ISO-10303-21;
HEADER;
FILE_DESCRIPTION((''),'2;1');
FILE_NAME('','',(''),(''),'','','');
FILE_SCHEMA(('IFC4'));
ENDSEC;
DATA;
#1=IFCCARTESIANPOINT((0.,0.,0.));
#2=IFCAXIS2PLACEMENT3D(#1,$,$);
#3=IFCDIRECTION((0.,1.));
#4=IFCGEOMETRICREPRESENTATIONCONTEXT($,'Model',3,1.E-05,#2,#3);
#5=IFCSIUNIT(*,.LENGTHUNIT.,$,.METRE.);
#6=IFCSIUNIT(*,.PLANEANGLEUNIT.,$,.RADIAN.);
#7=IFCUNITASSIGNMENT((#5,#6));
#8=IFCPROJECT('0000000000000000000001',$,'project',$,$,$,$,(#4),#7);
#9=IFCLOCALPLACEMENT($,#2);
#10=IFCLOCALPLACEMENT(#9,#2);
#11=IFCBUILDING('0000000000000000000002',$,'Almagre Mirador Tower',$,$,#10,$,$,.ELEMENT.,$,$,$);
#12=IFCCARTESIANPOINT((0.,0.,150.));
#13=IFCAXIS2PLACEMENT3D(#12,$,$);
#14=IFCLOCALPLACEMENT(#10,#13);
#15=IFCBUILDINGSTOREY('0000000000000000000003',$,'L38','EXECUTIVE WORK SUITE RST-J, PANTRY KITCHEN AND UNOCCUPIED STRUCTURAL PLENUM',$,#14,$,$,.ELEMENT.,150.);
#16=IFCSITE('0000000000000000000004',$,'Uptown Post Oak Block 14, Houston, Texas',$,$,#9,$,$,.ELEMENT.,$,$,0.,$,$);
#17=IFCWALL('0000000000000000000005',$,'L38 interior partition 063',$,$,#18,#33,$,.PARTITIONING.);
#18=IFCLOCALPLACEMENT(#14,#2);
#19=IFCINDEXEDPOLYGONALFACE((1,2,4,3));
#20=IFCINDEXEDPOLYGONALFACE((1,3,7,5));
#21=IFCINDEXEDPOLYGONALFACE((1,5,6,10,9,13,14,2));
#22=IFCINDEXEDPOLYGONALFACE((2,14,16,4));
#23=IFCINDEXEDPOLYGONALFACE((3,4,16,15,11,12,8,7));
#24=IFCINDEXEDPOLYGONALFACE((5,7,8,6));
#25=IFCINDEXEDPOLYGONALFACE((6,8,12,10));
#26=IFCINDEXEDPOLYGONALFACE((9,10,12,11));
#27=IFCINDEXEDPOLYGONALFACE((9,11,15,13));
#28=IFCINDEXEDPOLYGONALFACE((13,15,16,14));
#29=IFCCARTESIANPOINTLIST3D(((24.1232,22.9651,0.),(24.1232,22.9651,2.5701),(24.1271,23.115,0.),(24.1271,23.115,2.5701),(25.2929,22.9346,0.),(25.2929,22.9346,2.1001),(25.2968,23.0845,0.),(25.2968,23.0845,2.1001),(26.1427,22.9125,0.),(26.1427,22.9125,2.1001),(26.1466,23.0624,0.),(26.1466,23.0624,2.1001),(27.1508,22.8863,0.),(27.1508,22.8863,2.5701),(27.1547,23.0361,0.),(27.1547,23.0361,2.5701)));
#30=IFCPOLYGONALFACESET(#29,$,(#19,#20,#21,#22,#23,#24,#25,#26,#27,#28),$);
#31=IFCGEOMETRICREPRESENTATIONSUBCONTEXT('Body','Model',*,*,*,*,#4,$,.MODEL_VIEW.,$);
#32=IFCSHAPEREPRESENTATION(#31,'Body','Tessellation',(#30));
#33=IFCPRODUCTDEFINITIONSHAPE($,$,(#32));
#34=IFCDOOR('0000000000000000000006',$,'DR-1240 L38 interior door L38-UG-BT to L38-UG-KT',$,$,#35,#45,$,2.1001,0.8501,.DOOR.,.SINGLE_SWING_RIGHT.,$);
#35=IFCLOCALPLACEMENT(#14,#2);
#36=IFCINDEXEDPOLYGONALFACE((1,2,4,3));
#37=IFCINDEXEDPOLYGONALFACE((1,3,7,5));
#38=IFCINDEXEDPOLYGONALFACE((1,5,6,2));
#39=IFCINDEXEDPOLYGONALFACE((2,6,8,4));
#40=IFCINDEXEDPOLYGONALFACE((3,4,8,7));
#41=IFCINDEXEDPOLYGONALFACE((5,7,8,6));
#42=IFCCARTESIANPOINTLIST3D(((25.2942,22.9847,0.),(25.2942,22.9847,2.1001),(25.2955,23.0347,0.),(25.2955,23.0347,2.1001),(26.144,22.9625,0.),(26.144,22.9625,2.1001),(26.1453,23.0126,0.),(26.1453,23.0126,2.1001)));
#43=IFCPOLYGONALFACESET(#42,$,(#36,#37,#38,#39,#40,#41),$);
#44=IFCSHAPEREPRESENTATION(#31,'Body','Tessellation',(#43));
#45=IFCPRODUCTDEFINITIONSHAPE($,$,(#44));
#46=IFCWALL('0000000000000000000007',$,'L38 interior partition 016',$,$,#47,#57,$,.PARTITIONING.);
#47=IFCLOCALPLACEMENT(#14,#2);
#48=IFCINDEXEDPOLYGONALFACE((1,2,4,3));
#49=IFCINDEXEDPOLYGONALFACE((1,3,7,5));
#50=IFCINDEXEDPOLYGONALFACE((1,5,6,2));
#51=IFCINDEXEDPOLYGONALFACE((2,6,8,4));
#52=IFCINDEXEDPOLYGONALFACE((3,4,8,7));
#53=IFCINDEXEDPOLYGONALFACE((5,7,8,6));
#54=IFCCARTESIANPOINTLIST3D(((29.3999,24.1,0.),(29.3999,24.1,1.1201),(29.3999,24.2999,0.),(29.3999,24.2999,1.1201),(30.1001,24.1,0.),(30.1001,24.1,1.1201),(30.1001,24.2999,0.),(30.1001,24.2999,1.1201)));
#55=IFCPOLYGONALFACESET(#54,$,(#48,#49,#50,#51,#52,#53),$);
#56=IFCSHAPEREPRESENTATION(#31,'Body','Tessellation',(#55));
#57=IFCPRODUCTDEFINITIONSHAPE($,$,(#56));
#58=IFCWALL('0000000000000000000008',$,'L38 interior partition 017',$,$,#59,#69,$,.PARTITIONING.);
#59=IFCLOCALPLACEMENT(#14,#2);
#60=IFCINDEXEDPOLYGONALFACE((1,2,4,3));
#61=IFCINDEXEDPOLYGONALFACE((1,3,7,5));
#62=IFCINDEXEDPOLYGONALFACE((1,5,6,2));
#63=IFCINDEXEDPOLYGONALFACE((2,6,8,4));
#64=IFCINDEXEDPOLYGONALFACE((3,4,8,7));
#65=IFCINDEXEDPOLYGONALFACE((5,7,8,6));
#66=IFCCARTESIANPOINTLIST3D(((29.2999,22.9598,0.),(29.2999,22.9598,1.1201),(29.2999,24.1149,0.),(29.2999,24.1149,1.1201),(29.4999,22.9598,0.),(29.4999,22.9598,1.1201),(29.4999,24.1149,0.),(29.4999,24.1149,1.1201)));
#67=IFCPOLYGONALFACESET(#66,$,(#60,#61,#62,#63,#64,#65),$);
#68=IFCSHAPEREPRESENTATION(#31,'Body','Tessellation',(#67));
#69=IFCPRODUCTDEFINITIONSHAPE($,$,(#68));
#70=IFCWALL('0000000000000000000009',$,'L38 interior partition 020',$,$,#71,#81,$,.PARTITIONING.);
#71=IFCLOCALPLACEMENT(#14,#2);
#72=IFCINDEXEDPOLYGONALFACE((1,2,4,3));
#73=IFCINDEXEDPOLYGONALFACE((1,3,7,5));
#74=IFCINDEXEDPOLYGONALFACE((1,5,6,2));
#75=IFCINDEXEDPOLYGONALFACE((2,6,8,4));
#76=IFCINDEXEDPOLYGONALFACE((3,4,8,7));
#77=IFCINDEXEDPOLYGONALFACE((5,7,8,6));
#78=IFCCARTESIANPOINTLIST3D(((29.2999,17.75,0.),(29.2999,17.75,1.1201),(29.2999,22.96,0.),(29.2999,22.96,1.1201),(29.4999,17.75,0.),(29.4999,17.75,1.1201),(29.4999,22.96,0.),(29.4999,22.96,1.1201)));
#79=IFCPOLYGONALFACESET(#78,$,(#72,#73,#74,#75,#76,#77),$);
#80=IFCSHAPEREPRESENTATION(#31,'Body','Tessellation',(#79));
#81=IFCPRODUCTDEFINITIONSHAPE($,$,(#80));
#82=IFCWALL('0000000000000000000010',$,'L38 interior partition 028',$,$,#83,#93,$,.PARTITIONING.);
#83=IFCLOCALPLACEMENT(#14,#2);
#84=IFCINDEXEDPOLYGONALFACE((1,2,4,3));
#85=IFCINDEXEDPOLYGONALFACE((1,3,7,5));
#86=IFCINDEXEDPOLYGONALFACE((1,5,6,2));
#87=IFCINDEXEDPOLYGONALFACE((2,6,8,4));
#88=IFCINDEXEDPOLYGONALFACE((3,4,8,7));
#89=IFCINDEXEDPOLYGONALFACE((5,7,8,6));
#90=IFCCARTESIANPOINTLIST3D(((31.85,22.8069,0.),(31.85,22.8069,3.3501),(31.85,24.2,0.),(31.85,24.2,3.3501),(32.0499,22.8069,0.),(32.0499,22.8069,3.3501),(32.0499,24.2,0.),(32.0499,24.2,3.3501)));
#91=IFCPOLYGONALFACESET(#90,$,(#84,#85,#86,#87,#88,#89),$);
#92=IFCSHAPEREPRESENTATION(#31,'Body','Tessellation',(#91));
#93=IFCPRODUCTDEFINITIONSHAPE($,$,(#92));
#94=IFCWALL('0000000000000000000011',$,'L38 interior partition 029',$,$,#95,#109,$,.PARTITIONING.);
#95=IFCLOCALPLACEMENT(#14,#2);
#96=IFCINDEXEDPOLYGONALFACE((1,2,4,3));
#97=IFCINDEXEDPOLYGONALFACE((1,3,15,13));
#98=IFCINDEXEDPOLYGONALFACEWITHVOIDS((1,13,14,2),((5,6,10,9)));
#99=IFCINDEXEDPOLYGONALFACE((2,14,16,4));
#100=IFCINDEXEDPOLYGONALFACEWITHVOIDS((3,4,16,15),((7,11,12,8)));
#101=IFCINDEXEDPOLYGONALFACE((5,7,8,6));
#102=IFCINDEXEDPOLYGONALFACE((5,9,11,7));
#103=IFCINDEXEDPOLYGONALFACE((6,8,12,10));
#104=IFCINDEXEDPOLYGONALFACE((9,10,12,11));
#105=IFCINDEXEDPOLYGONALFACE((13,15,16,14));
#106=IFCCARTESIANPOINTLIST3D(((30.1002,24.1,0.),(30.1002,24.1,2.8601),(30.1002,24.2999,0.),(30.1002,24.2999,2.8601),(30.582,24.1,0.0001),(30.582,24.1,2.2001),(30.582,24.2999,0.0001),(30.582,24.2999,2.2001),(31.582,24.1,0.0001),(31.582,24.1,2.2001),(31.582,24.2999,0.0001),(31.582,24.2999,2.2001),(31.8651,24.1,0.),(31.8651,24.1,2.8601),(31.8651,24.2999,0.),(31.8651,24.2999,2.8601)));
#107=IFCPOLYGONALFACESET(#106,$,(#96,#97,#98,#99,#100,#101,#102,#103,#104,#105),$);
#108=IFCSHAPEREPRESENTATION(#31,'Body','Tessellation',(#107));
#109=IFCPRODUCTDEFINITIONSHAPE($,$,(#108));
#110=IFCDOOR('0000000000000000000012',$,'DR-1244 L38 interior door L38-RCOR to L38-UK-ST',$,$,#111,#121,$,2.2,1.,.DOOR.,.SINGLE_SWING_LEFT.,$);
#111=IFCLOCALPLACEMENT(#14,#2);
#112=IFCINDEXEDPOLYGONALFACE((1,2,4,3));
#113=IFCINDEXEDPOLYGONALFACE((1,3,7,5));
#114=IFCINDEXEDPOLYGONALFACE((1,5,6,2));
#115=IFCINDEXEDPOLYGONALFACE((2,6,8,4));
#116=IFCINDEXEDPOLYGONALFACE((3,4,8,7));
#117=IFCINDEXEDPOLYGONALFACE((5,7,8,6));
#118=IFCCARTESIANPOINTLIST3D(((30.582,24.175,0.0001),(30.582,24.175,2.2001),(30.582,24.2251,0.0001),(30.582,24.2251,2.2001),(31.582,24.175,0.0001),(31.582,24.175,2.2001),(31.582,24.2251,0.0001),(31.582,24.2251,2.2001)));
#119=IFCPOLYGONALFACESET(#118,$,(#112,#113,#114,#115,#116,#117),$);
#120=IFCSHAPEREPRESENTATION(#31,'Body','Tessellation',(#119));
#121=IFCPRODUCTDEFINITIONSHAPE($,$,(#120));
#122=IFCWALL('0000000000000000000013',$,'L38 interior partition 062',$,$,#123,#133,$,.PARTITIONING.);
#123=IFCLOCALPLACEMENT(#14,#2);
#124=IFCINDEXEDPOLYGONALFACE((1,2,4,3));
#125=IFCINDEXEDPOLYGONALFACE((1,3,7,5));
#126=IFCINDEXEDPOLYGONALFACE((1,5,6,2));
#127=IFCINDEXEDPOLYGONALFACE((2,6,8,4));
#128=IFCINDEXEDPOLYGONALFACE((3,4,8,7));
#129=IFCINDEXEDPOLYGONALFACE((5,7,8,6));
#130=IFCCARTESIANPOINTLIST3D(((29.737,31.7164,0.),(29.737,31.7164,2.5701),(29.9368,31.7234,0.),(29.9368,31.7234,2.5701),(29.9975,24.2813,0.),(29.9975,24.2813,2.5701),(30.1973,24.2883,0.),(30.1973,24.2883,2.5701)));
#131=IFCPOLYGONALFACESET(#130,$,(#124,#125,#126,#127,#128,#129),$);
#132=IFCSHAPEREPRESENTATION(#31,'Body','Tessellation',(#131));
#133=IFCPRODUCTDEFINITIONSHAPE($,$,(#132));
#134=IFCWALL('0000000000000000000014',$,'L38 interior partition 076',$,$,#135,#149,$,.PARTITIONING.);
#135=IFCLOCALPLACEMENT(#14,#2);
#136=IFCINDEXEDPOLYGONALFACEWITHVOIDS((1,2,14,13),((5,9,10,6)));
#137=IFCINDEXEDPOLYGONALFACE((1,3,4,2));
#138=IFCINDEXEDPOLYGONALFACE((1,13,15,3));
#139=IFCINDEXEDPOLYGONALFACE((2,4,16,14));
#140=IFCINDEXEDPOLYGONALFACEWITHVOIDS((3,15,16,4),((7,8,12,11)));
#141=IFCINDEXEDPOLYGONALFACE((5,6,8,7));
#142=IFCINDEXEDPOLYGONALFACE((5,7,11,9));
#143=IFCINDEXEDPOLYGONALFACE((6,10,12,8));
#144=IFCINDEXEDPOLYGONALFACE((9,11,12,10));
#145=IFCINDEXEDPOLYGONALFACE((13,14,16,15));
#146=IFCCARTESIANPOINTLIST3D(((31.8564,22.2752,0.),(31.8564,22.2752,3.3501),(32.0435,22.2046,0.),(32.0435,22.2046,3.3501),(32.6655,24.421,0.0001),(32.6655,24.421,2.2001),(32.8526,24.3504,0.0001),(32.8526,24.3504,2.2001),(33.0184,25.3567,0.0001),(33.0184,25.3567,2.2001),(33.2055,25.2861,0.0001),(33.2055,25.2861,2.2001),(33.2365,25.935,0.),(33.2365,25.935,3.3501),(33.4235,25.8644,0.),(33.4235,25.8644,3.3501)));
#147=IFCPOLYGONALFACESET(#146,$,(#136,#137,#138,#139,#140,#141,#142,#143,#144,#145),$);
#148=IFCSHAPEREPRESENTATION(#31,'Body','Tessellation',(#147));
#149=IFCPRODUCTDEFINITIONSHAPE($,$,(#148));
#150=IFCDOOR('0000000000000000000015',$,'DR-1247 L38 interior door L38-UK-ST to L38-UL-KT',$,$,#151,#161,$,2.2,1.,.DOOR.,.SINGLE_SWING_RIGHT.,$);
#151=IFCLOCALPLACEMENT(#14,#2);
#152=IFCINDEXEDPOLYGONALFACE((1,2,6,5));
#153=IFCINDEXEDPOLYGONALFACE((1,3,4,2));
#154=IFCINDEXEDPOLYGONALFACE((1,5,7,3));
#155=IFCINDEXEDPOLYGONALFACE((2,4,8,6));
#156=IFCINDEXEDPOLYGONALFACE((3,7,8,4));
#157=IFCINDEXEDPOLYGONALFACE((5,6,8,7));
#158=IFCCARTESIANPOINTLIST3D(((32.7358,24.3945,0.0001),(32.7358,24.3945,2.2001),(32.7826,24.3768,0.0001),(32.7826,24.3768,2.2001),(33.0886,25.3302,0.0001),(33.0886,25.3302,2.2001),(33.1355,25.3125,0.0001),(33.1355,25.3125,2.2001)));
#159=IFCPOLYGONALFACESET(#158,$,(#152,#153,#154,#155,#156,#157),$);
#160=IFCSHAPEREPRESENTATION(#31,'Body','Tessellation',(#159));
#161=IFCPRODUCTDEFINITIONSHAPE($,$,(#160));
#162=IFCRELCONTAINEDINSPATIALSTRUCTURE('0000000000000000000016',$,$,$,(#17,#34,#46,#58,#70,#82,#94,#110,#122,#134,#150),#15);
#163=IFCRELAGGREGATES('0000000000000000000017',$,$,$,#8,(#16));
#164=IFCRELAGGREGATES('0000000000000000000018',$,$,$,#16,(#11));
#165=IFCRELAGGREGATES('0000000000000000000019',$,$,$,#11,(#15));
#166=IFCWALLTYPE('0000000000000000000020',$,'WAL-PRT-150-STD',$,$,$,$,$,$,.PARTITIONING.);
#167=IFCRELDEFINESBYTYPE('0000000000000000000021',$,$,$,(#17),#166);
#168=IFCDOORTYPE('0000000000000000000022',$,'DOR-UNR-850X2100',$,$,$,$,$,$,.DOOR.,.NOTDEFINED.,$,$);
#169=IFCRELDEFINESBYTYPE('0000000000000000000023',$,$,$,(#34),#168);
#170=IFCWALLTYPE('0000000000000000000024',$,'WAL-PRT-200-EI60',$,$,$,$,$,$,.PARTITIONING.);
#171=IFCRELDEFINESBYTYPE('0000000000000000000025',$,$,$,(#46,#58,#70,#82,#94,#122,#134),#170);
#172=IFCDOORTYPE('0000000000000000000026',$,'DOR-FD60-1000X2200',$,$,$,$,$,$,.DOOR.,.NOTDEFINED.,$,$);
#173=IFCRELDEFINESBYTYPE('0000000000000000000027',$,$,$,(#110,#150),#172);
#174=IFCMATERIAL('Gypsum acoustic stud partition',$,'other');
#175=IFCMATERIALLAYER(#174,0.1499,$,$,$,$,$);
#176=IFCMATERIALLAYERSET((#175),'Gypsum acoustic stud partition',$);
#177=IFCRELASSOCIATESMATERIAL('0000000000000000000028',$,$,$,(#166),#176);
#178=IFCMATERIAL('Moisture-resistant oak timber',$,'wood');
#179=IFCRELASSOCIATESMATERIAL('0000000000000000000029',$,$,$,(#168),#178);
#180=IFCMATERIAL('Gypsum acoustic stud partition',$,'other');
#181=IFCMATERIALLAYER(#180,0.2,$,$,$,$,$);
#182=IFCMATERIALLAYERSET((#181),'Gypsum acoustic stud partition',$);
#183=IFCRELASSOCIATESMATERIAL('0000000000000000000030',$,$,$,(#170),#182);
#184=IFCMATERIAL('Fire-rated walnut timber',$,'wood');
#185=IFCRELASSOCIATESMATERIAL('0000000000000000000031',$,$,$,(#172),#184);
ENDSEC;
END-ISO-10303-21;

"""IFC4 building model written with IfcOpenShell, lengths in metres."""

from ifc_helpers import new_model, si_unit, direction, frame, frame_2d, origin, place, context, subcontext, project, spatial, rectangle, extrude, material, layer, layer_set, type_object, element, fill, save


model = new_model("IFC4")

# Units and contexts
model_context = context("Model", 3, precision=1e-05, world=origin(), true_north=direction((0.0, 1.0)))
body_context = subcontext(model_context, "Body", "Model", "MODEL_VIEW")
ifc_project = project(units=[si_unit("LENGTHUNIT", "METRE"), si_unit("PLANEANGLEUNIT", "RADIAN")], contexts=[model_context])

# Site, building, storey
site_placement = place(None, origin())
site = spatial("IfcSite", under=ifc_project, at=site_placement, Name="Uptown Post Oak Block 14, Houston, Texas", CompositionType="ELEMENT", RefElevation=0.0)
building_placement = place(site_placement, origin())
building = spatial("IfcBuilding", under=site, at=building_placement, Name="Almagre Mirador Tower", CompositionType="ELEMENT")
storey_placement = place(building_placement, frame((0.0, 0.0, 150.0)))
storey = spatial("IfcBuildingStorey", under=building, at=storey_placement, Name="L38", Description="EXECUTIVE WORK SUITE RST-J, PANTRY KITCHEN AND UNOCCUPIED STRUCTURAL PLENUM", CompositionType="ELEMENT", Elevation=150.0)

# Shared definitions
ifc_material_1 = material(Name="Gypsum acoustic stud partition", Category="other")
ifc_layer_1 = layer(ifc_material_1, 0.1499)
ifc_layer_set_1 = layer_set([ifc_layer_1], Name="Gypsum acoustic stud partition")
wall_type_1 = type_object("IfcWallType", Name="WAL-PRT-150-STD", PredefinedType="PARTITIONING", material=ifc_layer_set_1)

# Wall, opening, door
wall_1_placement = place(storey_placement, frame((27.1526, 22.9612, 0.0), z_axis=(0.0, 0.0, 1.0), x_axis=(-0.999661, 0.026037, 0.0)))
wall_1 = element("IfcWall", 1, at=wall_1_placement, inside=storey, type_object=wall_type_1, Name="L38 interior partition 063", PredefinedType="PARTITIONING", context=body_context, shape_type="SweptSolid", body=[
    extrude(rectangle(XDim=3.0286, YDim=0.1499, at=frame_2d((1.5142, 0.0))), origin(), (0.0, 0.0, 1.0), 2.5701),
])
opening_1_placement = place(wall_1_placement, frame((1.0083, 0.0, 0.0)))
opening_1 = element("IfcOpeningElement", 2, at=opening_1_placement, cuts=wall_1, PredefinedType="OPENING", context=body_context, shape_type="SweptSolid", body=[
    extrude(rectangle(XDim=0.8501, YDim=2.1001, at=frame_2d((0.425, 1.05))), frame((0.0, 0.085, 0.0), z_axis=(0.0, -1.0, 0.0), x_axis=(1.0, 0.0, 0.0)), (0.0, 0.0, 1.0), 0.1699),
])
ifc_material_2 = material(Name="Moisture-resistant oak timber", Category="wood")
door_type_1 = type_object("IfcDoorType", Name="DOR-UNR-850X2100", OperationType="NOTDEFINED", PredefinedType="DOOR", material=ifc_material_2)
door_1_placement = place(opening_1_placement, origin())
door_1 = element("IfcDoor", 3, at=door_1_placement, inside=storey, type_object=door_type_1, Name="DR-1240 L38 interior door L38-UG-BT to L38-UG-KT", OperationType="SINGLE_SWING_RIGHT", OverallHeight=2.1001, OverallWidth=0.8501, PredefinedType="DOOR", context=body_context, shape_type="SweptSolid", body=[
    extrude(rectangle(XDim=0.8501, YDim=2.1001, at=frame_2d((0.425, 1.05))), frame((0.0, 0.0249, 0.0), z_axis=(0.0, -1.0, 0.0), x_axis=(1.0, 0.0, 0.0)), (0.0, 0.0, 1.0), 0.05),
])
fill(opening_1, door_1)

# Walls
ifc_material_3 = material(Name="Gypsum acoustic stud partition", Category="other")
ifc_layer_2 = layer(ifc_material_3, 0.2)
ifc_layer_set_2 = layer_set([ifc_layer_2], Name="Gypsum acoustic stud partition")
wall_type_2 = type_object("IfcWallType", Name="WAL-PRT-200-EI60", PredefinedType="PARTITIONING", material=ifc_layer_set_2)
wall_2_placement = place(storey_placement, frame((30.1001, 24.2, 0.0), z_axis=(0.0, 0.0, 1.0), x_axis=(-1.0, 0.0, 0.0)))
element("IfcWall", 4, at=wall_2_placement, inside=storey, type_object=wall_type_2, Name="L38 interior partition 016", PredefinedType="PARTITIONING", context=body_context, shape_type="SweptSolid", body=[
    extrude(rectangle(XDim=0.7002, YDim=0.2, at=frame_2d((0.3501, 0.0))), origin(), (0.0, 0.0, 1.0), 1.1201),
])
wall_3_placement = place(storey_placement, frame((29.3999, 24.115, 0.0), z_axis=(0.0, 0.0, 1.0), x_axis=(0.0, -1.0, 0.0)))
element("IfcWall", 5, at=wall_3_placement, inside=storey, type_object=wall_type_2, Name="L38 interior partition 017", PredefinedType="PARTITIONING", context=body_context, shape_type="SweptSolid", body=[
    extrude(rectangle(XDim=1.155, YDim=0.2, at=frame_2d((0.5776, 0.0))), origin(), (0.0, 0.0, 1.0), 1.1201),
])
wall_4_placement = place(storey_placement, frame((29.3999, 22.96, 0.0), z_axis=(0.0, 0.0, 1.0), x_axis=(0.0, -1.0, 0.0)))
element("IfcWall", 6, at=wall_4_placement, inside=storey, type_object=wall_type_2, Name="L38 interior partition 020", PredefinedType="PARTITIONING", context=body_context, shape_type="SweptSolid", body=[
    extrude(rectangle(XDim=5.21, YDim=0.2, at=frame_2d((2.605, 0.0))), origin(), (0.0, 0.0, 1.0), 1.1201),
])
wall_5_placement = place(storey_placement, frame((31.95, 22.8069, 0.0), z_axis=(0.0, 0.0, 1.0), x_axis=(0.0, 1.0, 0.0)))
element("IfcWall", 7, at=wall_5_placement, inside=storey, type_object=wall_type_2, Name="L38 interior partition 028", PredefinedType="PARTITIONING", context=body_context, shape_type="SweptSolid", body=[
    extrude(rectangle(XDim=1.3931, YDim=0.2, at=frame_2d((0.6965, 0.0))), origin(), (0.0, 0.0, 1.0), 3.3501),
])

# Wall, opening, door
wall_6_placement = place(storey_placement, frame((31.865, 24.2, 0.0), z_axis=(0.0, 0.0, 1.0), x_axis=(-1.0, 0.0, 0.0)))
wall_6 = element("IfcWall", 8, at=wall_6_placement, inside=storey, type_object=wall_type_2, Name="L38 interior partition 029", PredefinedType="PARTITIONING", context=body_context, shape_type="SweptSolid", body=[
    extrude(rectangle(XDim=1.7649, YDim=0.2, at=frame_2d((0.8823, 0.0))), origin(), (0.0, 0.0, 1.0), 2.8601),
])
opening_2_placement = place(wall_6_placement, frame((0.283, 0.0, 0.0)))
opening_2 = element("IfcOpeningElement", 9, at=opening_2_placement, cuts=wall_6, PredefinedType="OPENING", context=body_context, shape_type="SweptSolid", body=[
    extrude(rectangle(XDim=1.0, YDim=2.2, at=frame_2d((0.5, 1.1001))), frame((0.0, 0.1101, 0.0), z_axis=(0.0, -1.0, 0.0), x_axis=(1.0, 0.0, 0.0)), (0.0, 0.0, 1.0), 0.22),
])
ifc_material_4 = material(Name="Fire-rated walnut timber", Category="wood")
door_type_2 = type_object("IfcDoorType", Name="DOR-FD60-1000X2200", OperationType="NOTDEFINED", PredefinedType="DOOR", material=ifc_material_4)
door_2_placement = place(opening_2_placement, origin())
door_2 = element("IfcDoor", 10, at=door_2_placement, inside=storey, type_object=door_type_2, Name="DR-1244 L38 interior door L38-RCOR to L38-UK-ST", OperationType="SINGLE_SWING_LEFT", OverallHeight=2.2, OverallWidth=1.0, PredefinedType="DOOR", context=body_context, shape_type="SweptSolid", body=[
    extrude(rectangle(XDim=1.0, YDim=2.2, at=frame_2d((0.5, 1.1001))), frame((0.0, 0.0249, 0.0), z_axis=(0.0, -1.0, 0.0), x_axis=(1.0, 0.0, 0.0)), (0.0, 0.0, 1.0), 0.05),
])
fill(opening_2, door_2)

# Wall
wall_7_placement = place(storey_placement, frame((30.0974, 24.2849, 0.0), z_axis=(0.0, 0.0, 1.0), x_axis=(-0.035015, 0.999387, 0.0)))
element("IfcWall", 11, at=wall_7_placement, inside=storey, type_object=wall_type_2, Name="L38 interior partition 062", PredefinedType="PARTITIONING", context=body_context, shape_type="SweptSolid", body=[
    extrude(rectangle(XDim=7.4397, YDim=0.2, at=frame_2d((3.7197, 0.0))), origin(), (0.0, 0.0, 1.0), 2.5701),
])

# Wall, opening, door
wall_8_placement = place(storey_placement, frame((31.95, 22.24, 0.0), z_axis=(0.0, 0.0, 1.0), x_axis=(0.35284, 0.935684, 0.0)))
wall_8 = element("IfcWall", 12, at=wall_8_placement, inside=storey, type_object=wall_type_2, Name="L38 interior partition 076", PredefinedType="PARTITIONING", context=body_context, shape_type="SweptSolid", body=[
    extrude(rectangle(XDim=3.9114, YDim=0.2, at=frame_2d((1.9556, 0.0))), origin(), (0.0, 0.0, 1.0), 3.3501),
])
opening_3_placement = place(wall_8_placement, frame((2.2932, 0.0, 0.0)))
opening_3 = element("IfcOpeningElement", 13, at=opening_3_placement, cuts=wall_8, PredefinedType="OPENING", context=body_context, shape_type="SweptSolid", body=[
    extrude(rectangle(XDim=1.0, YDim=2.2, at=frame_2d((0.5, 1.1001))), frame((0.0, 0.1101, 0.0), z_axis=(0.0, -1.0, 0.0), x_axis=(1.0, 0.0, 0.0)), (0.0, 0.0, 1.0), 0.22),
])
door_3_placement = place(opening_3_placement, origin())
door_3 = element("IfcDoor", 14, at=door_3_placement, inside=storey, type_object=door_type_2, Name="DR-1247 L38 interior door L38-UK-ST to L38-UL-KT", OperationType="SINGLE_SWING_RIGHT", OverallHeight=2.2, OverallWidth=1.0, PredefinedType="DOOR", context=body_context, shape_type="SweptSolid", body=[
    extrude(rectangle(XDim=1.0, YDim=2.2, at=frame_2d((0.5, 1.1001))), frame((0.0, 0.0249, 0.0), z_axis=(0.0, -1.0, 0.0), x_axis=(1.0, 0.0, 0.0)), (0.0, 0.0, 1.0), 0.05),
])
fill(opening_3, door_3)

save(model, "model.ifc")
